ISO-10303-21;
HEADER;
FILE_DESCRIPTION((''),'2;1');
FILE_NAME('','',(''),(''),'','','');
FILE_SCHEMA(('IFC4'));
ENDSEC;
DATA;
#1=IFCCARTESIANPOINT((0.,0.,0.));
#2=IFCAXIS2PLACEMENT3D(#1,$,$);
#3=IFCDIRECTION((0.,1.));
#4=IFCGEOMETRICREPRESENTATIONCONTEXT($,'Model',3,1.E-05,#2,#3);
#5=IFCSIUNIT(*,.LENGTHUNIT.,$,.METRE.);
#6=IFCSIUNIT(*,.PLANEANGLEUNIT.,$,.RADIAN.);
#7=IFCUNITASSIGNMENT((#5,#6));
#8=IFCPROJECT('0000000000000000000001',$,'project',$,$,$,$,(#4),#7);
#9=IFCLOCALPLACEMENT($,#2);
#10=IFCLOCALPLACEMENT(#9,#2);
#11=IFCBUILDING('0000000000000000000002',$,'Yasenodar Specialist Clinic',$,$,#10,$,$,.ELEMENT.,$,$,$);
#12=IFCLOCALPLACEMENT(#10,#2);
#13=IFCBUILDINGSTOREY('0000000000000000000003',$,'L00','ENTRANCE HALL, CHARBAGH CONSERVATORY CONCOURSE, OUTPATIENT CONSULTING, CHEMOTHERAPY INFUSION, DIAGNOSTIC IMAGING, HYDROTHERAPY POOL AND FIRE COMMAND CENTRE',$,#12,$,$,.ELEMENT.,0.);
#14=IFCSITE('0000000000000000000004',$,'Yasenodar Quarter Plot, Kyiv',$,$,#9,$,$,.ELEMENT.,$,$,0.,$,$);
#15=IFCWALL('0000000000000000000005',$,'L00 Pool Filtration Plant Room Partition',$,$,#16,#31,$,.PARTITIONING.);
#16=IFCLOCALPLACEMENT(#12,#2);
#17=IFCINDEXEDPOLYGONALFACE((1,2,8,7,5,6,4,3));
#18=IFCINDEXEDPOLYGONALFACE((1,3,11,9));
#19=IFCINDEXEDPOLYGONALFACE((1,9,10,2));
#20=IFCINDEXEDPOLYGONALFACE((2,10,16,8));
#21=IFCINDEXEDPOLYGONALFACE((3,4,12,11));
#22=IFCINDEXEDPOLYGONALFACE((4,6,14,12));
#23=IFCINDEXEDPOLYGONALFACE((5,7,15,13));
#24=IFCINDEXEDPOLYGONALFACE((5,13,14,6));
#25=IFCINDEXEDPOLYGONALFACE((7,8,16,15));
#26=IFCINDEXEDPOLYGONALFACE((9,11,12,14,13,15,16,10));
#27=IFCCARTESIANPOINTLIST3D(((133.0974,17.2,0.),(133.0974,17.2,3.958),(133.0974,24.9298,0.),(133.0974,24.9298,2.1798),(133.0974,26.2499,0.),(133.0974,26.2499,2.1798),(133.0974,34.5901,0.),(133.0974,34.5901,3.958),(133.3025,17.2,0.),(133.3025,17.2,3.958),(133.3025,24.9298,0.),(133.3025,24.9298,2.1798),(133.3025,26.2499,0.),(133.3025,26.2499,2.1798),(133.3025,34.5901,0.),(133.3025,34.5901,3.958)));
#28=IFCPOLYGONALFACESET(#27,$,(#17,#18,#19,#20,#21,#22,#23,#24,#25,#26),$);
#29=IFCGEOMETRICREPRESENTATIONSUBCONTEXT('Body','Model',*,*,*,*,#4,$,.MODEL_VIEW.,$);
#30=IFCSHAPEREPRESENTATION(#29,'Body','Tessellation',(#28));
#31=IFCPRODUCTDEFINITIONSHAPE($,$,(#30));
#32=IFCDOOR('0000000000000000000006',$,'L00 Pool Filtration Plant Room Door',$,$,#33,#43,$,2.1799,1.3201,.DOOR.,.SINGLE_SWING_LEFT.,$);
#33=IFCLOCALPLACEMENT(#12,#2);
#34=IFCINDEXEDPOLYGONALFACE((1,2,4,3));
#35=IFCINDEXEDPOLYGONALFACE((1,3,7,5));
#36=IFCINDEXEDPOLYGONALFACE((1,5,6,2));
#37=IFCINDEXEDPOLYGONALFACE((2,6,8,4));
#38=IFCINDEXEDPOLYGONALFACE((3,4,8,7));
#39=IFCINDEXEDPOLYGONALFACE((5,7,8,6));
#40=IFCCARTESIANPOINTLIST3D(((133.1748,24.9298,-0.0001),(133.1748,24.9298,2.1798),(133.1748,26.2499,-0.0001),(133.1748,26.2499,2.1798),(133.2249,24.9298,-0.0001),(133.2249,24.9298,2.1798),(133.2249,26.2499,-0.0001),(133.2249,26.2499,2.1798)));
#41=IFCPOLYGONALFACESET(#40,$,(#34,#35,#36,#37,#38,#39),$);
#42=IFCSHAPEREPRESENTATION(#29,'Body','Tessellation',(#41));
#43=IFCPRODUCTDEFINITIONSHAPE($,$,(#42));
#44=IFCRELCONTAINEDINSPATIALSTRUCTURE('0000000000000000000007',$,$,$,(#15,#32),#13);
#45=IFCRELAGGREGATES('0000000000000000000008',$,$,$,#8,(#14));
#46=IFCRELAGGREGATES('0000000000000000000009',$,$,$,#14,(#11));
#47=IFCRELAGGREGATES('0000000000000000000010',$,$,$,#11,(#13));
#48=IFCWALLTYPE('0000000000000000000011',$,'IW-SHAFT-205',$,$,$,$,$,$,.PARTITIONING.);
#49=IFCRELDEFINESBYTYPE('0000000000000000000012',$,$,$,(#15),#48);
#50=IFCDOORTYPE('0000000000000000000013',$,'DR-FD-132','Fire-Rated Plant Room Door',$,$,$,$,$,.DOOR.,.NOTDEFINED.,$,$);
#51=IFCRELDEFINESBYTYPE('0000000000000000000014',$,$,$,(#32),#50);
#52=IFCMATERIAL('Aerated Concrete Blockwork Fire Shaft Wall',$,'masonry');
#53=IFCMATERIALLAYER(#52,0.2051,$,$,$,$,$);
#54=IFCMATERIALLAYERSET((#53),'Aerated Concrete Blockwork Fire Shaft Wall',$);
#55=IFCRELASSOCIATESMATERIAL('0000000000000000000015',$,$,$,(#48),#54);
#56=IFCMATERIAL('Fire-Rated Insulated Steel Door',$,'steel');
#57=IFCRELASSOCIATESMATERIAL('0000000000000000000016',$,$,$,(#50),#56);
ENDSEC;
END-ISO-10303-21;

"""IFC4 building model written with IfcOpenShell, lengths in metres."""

from ifc_helpers import new_model, si_unit, direction, frame, frame_2d, origin, place, context, subcontext, project, spatial, rectangle, extrude, material, layer, layer_set, type_object, element, fill, save


model = new_model("IFC4")

# Units and contexts
model_context = context("Model", 3, precision=1e-05, world=origin(), true_north=direction((0.0, 1.0)))
body_context = subcontext(model_context, "Body", "Model", "MODEL_VIEW")
ifc_project = project(units=[si_unit("LENGTHUNIT", "METRE"), si_unit("PLANEANGLEUNIT", "RADIAN")], contexts=[model_context])

# Site, building, storey
site_placement = place(None, origin())
site = spatial("IfcSite", under=ifc_project, at=site_placement, Name="Yasenodar Quarter Plot, Kyiv", CompositionType="ELEMENT", RefElevation=0.0)
building_placement = place(site_placement, origin())
building = spatial("IfcBuilding", under=site, at=building_placement, Name="Yasenodar Specialist Clinic", CompositionType="ELEMENT")
storey_placement = place(building_placement, origin())
storey = spatial("IfcBuildingStorey", under=building, at=storey_placement, Name="L00", Description="ENTRANCE HALL, CHARBAGH CONSERVATORY CONCOURSE, OUTPATIENT CONSULTING, CHEMOTHERAPY INFUSION, DIAGNOSTIC IMAGING, HYDROTHERAPY POOL AND FIRE COMMAND CENTRE", CompositionType="ELEMENT", Elevation=0.0)

# Wall, opening, door
ifc_material_1 = material(Name="Aerated Concrete Blockwork Fire Shaft Wall", Category="masonry")
ifc_layer_1 = layer(ifc_material_1, 0.2051)
ifc_layer_set_1 = layer_set([ifc_layer_1], Name="Aerated Concrete Blockwork Fire Shaft Wall")
wall_type_1 = type_object("IfcWallType", Name="IW-SHAFT-205", PredefinedType="PARTITIONING", material=ifc_layer_set_1)
wall_1_placement = place(storey_placement, frame((133.2, 34.5901, 0.0), z_axis=(0.0, 0.0, 1.0), x_axis=(0.0, -1.0, 0.0)))
wall_1 = element("IfcWall", 1, at=wall_1_placement, inside=storey, type_object=wall_type_1, Name="L00 Pool Filtration Plant Room Partition", PredefinedType="PARTITIONING", context=body_context, shape_type="SweptSolid", body=[
    extrude(rectangle(XDim=17.3901, YDim=0.2051, at=frame_2d((8.6951, 0.0))), origin(), (0.0, 0.0, 1.0), 3.958),
])
opening_1_placement = place(wall_1_placement, frame((8.3401, 0.0, 0.0)))
opening_1 = element("IfcOpeningElement", 2, at=opening_1_placement, cuts=wall_1, PredefinedType="OPENING", context=body_context, shape_type="SweptSolid", body=[
    extrude(rectangle(XDim=1.3201, YDim=2.1799, at=frame_2d((0.6602, 1.0898))), frame((0.0, 0.1125, 0.0), z_axis=(0.0, -1.0, 0.0), x_axis=(1.0, 0.0, 0.0)), (0.0, 0.0, 1.0), 0.2251),
])
ifc_material_2 = material(Name="Fire-Rated Insulated Steel Door", Category="steel")
door_type_1 = type_object("IfcDoorType", Name="DR-FD-132", Description="Fire-Rated Plant Room Door", OperationType="NOTDEFINED", PredefinedType="DOOR", material=ifc_material_2)
door_1_placement = place(opening_1_placement, origin())
door_1 = element("IfcDoor", 3, at=door_1_placement, inside=storey, type_object=door_type_1, Name="L00 Pool Filtration Plant Room Door", OperationType="SINGLE_SWING_LEFT", OverallHeight=2.1799, OverallWidth=1.3201, PredefinedType="DOOR", context=body_context, shape_type="SweptSolid", body=[
    extrude(rectangle(XDim=1.3201, YDim=2.1799, at=frame_2d((0.6602, 1.0898))), frame((0.0, 0.0249, 0.0), z_axis=(0.0, -1.0, 0.0), x_axis=(1.0, 0.0, 0.0)), (0.0, 0.0, 1.0), 0.05),
])
fill(opening_1, door_1)

save(model, "model.ifc")
